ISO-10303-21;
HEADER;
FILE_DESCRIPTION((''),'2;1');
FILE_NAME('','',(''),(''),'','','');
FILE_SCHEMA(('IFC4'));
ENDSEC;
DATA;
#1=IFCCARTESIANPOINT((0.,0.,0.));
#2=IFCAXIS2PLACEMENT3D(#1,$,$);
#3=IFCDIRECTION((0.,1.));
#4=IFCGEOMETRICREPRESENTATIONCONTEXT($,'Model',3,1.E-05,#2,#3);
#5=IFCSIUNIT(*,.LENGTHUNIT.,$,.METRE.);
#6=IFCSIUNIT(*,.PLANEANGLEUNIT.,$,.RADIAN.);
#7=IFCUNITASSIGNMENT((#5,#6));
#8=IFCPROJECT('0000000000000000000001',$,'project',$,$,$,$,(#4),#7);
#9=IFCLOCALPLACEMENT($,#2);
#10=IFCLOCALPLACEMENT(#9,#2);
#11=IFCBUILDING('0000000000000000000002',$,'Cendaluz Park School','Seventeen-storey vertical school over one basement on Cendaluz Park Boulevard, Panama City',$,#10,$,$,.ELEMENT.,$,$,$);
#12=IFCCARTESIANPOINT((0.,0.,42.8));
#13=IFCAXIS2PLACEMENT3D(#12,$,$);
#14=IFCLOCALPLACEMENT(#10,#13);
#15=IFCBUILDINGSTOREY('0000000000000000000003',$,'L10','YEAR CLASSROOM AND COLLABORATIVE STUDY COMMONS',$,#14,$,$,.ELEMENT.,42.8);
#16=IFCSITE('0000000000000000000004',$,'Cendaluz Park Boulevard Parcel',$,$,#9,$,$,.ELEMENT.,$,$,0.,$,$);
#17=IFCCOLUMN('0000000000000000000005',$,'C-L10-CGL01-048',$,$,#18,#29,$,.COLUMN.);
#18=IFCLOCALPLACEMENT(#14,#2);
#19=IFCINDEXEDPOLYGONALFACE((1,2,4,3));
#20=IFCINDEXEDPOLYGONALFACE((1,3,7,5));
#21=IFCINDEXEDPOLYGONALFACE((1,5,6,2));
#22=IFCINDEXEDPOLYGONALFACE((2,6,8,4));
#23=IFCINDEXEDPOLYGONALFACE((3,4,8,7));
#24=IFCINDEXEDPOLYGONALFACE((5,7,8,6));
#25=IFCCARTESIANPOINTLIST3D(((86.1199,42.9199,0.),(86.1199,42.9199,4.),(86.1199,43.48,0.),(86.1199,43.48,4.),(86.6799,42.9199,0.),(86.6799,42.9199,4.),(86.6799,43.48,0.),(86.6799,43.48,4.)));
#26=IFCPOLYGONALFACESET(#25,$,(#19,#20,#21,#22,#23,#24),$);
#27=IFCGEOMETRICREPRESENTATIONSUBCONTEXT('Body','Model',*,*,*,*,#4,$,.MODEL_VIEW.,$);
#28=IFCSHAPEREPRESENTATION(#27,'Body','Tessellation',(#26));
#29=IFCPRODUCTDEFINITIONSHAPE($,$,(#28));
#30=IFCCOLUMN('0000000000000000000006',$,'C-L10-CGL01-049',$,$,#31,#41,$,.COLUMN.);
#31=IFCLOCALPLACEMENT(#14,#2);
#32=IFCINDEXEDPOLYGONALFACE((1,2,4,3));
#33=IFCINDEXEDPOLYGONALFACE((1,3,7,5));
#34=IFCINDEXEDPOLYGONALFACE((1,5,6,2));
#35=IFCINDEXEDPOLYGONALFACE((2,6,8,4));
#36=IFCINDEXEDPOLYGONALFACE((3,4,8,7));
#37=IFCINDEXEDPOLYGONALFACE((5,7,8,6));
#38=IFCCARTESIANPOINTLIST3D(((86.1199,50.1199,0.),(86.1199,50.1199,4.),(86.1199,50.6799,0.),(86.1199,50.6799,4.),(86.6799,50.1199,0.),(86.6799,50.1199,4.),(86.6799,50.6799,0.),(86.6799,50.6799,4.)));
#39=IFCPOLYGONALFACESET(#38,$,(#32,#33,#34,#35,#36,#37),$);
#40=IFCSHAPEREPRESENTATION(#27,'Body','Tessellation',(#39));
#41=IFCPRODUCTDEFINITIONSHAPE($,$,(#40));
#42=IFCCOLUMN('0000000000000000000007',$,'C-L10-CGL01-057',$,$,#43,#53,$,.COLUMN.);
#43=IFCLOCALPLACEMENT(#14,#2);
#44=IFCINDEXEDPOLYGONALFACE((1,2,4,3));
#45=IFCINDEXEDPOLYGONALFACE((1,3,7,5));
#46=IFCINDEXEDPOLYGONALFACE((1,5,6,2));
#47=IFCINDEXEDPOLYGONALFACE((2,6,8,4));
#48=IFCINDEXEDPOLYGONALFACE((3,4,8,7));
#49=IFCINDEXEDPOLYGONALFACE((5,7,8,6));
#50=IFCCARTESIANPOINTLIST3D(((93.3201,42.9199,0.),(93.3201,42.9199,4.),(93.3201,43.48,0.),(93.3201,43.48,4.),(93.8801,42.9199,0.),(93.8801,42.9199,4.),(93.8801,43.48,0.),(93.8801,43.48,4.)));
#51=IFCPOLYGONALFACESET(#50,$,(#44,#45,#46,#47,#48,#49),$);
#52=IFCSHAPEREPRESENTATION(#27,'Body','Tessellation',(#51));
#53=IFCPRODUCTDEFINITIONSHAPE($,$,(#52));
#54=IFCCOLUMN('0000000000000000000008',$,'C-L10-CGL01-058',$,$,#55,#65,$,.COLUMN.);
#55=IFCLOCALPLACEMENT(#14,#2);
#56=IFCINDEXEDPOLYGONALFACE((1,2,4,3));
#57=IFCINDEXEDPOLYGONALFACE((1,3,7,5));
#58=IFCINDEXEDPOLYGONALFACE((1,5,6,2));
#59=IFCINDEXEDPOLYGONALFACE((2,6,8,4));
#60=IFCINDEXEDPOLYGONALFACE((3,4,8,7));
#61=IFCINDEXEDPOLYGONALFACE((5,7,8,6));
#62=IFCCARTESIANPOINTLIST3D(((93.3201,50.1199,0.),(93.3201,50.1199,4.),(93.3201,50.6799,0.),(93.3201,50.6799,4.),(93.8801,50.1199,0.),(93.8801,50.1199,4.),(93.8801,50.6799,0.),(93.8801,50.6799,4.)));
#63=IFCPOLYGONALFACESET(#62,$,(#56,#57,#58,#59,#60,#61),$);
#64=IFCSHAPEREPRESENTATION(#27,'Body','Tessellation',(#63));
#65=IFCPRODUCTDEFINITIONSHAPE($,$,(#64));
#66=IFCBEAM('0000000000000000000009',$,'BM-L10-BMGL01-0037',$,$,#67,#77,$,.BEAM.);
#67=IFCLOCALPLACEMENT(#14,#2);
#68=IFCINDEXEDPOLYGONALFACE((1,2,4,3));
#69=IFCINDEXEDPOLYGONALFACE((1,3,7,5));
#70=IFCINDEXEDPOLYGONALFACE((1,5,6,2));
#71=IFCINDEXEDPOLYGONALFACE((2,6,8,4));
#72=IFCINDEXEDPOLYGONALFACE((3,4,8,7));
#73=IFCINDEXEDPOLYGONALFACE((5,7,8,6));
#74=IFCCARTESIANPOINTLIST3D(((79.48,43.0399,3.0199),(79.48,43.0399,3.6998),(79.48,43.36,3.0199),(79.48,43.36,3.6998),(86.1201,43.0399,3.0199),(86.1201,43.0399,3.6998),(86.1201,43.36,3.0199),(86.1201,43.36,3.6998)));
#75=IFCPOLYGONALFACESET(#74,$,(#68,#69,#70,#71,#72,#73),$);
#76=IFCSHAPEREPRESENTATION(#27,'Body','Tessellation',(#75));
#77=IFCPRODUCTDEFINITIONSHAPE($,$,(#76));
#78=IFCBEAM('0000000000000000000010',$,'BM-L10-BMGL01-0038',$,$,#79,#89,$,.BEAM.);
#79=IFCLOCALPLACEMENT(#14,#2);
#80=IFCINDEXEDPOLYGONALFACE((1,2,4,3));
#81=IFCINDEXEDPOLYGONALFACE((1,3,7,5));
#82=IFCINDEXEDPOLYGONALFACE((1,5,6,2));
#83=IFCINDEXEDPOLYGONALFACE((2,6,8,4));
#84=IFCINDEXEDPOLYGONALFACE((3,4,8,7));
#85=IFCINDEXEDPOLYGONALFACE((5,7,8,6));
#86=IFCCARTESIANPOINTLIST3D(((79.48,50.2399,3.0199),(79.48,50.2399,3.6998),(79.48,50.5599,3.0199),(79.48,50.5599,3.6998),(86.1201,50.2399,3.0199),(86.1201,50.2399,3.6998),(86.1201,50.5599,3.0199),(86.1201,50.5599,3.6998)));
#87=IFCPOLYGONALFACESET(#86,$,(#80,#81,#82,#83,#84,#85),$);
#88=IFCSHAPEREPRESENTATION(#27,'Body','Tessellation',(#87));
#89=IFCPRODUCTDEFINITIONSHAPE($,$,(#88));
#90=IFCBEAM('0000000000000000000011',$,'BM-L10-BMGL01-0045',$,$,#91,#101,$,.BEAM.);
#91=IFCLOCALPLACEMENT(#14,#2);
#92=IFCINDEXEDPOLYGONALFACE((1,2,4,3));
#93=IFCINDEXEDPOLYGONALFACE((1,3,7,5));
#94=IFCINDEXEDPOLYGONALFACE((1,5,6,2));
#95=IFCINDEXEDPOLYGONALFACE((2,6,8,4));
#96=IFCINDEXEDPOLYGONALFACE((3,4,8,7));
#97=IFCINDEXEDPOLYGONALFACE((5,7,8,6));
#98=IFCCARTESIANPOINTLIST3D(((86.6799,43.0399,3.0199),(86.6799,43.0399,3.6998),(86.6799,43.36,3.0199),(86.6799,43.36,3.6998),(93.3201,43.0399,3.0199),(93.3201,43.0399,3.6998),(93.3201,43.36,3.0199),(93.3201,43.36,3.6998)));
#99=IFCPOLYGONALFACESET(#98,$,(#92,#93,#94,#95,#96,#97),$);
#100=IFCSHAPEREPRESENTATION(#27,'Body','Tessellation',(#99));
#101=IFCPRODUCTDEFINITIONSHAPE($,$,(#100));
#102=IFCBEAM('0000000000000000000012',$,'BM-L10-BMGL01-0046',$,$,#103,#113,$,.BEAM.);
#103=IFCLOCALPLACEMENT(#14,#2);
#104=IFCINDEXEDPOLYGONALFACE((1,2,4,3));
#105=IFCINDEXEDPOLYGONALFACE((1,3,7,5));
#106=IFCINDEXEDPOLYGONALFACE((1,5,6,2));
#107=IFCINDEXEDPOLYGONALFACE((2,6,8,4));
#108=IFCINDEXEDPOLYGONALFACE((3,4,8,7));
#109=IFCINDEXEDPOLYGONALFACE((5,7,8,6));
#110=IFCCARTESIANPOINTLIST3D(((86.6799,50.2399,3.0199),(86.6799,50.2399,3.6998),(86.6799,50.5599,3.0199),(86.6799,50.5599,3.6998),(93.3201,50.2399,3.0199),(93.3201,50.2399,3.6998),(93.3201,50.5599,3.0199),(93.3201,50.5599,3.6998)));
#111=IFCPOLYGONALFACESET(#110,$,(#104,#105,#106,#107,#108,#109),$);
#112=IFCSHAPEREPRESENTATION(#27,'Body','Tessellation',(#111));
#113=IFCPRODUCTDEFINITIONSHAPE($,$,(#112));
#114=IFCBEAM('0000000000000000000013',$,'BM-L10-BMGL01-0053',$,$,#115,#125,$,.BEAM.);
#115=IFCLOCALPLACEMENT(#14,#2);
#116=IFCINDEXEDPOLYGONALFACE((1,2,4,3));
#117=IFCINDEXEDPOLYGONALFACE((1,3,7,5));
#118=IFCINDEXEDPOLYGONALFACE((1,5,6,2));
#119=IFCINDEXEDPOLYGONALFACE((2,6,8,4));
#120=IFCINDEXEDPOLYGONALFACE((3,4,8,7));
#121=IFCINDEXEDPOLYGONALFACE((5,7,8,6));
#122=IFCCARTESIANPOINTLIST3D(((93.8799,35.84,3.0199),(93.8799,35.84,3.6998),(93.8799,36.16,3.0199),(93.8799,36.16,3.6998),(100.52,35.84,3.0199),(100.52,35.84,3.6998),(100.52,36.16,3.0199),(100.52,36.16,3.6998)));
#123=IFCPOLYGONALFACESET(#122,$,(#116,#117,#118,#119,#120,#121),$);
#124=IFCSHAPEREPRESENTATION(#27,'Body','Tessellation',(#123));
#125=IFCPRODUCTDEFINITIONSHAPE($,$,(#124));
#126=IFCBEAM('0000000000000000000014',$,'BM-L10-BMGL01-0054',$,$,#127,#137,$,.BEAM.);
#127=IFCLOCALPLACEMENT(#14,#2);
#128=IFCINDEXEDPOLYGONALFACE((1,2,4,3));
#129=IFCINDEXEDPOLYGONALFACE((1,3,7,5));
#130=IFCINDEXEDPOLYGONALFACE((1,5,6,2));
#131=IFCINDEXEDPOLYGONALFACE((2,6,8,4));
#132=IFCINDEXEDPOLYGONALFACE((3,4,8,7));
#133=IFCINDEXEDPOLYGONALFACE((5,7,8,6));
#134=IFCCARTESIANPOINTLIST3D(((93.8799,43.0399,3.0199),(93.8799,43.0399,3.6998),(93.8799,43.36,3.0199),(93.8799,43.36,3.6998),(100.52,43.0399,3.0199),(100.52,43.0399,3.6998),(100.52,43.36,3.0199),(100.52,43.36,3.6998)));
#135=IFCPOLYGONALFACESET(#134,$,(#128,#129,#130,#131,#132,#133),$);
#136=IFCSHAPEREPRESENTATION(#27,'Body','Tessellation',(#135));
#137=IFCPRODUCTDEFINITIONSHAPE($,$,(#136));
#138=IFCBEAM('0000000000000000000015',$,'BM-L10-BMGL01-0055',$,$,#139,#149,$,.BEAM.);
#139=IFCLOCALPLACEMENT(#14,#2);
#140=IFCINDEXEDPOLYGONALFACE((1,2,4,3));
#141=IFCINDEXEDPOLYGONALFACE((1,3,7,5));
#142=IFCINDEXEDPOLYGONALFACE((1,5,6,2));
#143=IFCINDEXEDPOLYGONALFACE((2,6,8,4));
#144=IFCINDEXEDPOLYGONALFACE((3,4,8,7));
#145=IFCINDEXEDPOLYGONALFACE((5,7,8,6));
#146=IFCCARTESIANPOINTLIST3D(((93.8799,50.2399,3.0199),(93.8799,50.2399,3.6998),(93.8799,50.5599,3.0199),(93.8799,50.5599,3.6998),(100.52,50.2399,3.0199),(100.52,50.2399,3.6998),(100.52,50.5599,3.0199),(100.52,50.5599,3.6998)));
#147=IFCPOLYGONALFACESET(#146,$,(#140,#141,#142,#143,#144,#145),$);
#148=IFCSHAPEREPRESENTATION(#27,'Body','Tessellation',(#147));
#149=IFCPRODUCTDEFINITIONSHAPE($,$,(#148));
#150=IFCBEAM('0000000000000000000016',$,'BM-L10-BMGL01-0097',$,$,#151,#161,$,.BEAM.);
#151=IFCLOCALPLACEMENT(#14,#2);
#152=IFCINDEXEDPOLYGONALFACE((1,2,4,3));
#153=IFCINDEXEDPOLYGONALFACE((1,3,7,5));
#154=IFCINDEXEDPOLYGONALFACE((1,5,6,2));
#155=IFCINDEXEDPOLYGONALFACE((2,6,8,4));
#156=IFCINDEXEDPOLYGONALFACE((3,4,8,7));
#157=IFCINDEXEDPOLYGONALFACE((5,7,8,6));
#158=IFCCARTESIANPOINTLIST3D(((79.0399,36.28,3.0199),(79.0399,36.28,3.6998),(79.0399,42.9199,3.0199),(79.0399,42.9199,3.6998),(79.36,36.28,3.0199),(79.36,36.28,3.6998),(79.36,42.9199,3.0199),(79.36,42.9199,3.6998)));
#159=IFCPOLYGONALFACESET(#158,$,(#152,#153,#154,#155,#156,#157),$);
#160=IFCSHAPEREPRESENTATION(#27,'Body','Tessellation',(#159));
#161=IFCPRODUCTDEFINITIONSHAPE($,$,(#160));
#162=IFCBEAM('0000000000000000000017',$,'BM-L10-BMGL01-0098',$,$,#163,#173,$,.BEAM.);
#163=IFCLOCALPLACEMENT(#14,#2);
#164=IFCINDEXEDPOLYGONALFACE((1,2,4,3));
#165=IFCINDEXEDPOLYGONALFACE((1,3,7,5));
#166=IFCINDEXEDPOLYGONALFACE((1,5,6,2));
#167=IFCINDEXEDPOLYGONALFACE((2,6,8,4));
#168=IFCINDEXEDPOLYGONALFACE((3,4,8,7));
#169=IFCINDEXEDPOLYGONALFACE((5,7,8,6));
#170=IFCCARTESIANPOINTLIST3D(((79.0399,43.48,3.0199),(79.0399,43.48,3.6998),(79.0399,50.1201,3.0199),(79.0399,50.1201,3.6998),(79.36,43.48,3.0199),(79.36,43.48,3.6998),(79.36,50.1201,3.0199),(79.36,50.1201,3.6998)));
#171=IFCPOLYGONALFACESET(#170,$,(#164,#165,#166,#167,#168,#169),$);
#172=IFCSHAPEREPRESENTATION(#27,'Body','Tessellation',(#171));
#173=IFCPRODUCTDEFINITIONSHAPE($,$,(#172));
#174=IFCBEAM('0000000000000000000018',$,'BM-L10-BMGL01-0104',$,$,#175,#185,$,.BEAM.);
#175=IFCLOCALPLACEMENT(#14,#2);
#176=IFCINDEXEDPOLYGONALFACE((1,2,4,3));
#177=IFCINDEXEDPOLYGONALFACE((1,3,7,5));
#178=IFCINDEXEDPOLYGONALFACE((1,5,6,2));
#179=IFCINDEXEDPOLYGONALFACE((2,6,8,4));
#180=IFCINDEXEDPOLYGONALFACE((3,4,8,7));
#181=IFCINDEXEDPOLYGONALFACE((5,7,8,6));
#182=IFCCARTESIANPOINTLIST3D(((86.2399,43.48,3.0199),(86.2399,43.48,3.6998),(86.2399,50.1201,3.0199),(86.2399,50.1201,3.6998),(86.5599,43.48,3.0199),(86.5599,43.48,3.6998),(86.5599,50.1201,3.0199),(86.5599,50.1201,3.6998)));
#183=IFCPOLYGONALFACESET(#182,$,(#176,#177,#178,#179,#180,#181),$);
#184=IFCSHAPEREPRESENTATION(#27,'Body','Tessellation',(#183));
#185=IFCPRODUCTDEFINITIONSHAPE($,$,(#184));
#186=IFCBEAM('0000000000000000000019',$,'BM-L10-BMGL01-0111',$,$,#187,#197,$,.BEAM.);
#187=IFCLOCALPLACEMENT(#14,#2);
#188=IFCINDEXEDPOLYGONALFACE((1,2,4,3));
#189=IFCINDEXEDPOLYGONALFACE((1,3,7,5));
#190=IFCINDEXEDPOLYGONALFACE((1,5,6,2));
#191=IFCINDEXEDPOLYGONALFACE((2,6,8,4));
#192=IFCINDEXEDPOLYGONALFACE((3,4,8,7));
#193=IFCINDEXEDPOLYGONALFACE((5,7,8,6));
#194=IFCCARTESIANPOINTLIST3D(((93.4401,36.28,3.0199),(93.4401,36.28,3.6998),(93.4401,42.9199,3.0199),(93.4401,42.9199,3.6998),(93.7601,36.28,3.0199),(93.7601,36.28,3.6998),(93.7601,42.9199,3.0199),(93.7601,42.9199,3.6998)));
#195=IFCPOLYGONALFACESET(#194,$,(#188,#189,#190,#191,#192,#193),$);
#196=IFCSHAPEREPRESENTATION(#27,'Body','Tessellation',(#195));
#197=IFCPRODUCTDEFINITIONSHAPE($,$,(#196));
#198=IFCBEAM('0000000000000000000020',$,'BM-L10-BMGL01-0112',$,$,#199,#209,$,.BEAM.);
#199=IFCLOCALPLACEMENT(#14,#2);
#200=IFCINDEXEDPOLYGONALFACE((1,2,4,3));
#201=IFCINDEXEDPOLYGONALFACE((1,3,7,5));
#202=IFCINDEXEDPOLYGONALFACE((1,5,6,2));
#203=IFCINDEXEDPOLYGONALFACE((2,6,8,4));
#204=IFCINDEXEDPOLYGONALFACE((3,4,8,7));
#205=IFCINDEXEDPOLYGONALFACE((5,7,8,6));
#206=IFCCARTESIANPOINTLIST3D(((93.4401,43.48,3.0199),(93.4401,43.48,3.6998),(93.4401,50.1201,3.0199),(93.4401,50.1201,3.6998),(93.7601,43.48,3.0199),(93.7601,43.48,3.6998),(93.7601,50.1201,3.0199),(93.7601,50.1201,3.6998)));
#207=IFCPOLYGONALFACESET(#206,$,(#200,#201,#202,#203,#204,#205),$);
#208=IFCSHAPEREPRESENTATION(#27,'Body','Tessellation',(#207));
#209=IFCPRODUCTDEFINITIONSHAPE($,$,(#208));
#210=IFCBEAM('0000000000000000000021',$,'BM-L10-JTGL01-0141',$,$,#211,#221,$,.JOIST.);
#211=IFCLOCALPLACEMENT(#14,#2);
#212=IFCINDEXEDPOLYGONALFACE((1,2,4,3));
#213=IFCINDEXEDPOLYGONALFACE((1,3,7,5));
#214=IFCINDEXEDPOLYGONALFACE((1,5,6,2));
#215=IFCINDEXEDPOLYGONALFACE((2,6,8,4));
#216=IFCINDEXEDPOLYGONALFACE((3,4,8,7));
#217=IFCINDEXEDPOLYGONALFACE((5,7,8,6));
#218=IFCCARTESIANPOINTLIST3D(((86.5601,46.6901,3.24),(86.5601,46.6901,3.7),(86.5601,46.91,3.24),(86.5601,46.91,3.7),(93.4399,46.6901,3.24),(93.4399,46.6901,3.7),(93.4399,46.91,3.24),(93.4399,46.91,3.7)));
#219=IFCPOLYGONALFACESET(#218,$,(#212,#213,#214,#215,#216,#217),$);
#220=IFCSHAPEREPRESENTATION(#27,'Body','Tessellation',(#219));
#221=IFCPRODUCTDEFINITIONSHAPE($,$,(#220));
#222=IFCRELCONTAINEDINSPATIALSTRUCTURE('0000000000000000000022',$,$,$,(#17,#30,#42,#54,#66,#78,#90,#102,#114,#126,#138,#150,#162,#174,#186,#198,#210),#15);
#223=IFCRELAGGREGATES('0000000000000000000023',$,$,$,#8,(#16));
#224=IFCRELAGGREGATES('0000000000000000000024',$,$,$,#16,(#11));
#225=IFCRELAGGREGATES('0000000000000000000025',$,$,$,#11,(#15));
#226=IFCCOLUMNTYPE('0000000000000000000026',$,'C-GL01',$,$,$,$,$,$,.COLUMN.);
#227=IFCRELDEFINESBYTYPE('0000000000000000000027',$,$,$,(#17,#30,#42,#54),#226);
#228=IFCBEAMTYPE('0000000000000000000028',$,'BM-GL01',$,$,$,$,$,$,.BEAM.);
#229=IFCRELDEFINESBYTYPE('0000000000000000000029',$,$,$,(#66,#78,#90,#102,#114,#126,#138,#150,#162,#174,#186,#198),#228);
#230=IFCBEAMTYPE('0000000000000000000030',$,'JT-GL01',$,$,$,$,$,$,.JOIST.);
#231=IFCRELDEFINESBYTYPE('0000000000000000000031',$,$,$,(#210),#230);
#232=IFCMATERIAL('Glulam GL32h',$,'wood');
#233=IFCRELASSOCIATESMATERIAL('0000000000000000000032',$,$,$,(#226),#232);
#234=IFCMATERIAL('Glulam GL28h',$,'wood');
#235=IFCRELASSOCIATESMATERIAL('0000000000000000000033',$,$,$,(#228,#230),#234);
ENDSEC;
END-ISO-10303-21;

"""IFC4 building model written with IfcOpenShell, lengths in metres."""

from ifc_helpers import new_model, si_unit, direction, frame, origin, origin_2d, place, context, subcontext, project, spatial, rectangle, extrude, material, material_profile, profile_set, type_object, element, save


model = new_model("IFC4")

# Units and contexts
model_context = context("Model", 3, precision=1e-05, world=origin(), true_north=direction((0.0, 1.0)))
body_context = subcontext(model_context, "Body", "Model", "MODEL_VIEW")
ifc_project = project(units=[si_unit("LENGTHUNIT", "METRE"), si_unit("PLANEANGLEUNIT", "RADIAN")], contexts=[model_context])

# Site, building, storey
site_placement = place(None, origin())
site = spatial("IfcSite", under=ifc_project, at=site_placement, Name="Cendaluz Park Boulevard Parcel", CompositionType="ELEMENT", RefElevation=0.0)
building_placement = place(site_placement, origin())
building = spatial("IfcBuilding", under=site, at=building_placement, Name="Cendaluz Park School", Description="Seventeen-storey vertical school over one basement on Cendaluz Park Boulevard, Panama City", CompositionType="ELEMENT")
storey_placement = place(building_placement, frame((0.0, 0.0, 42.8)))
storey = spatial("IfcBuildingStorey", under=building, at=storey_placement, Name="L10", Description="YEAR CLASSROOM AND COLLABORATIVE STUDY COMMONS", CompositionType="ELEMENT", Elevation=42.8)

# Columns
ifc_material_1 = material(Name="Glulam GL32h", Category="wood")
ifc_material_profile_1 = material_profile(ifc_material_1, rectangle(XDim=0.5601, YDim=0.5601, at=origin_2d()), Name="GL32h 560x560", Category="wood")
ifc_profile_set_1 = profile_set([ifc_material_profile_1], Name="Glulam GL32h")
column_type = type_object("IfcColumnType", Name="C-GL01", PredefinedType="COLUMN", material=ifc_profile_set_1)
for number, where, z_axis, x_axis, name in (
    (1, (86.3999, 43.2, 0.0), (0.0, 0.0, 1.0), (1.0, 0.0, 0.0), "C-L10-CGL01-048"),
    (2, (86.3999, 50.3999, 0.0), (0.0, 0.0, 1.0), (1.0, 0.0, 0.0), "C-L10-CGL01-049"),
    (3, (93.6001, 43.2, 0.0), (0.0, 0.0, 1.0), (1.0, 0.0, 0.0), "C-L10-CGL01-057"),
    (4, (93.6001, 50.3999, 0.0), (0.0, 0.0, 1.0), (1.0, 0.0, 0.0), "C-L10-CGL01-058"),
):
    element("IfcColumn", number, at=place(storey_placement, frame(where, z_axis=z_axis, x_axis=x_axis)), inside=storey, type_object=column_type, Name=name, PredefinedType="COLUMN", context=body_context, shape_type="SweptSolid", body=[
        extrude(rectangle(XDim=0.5601, YDim=0.5601, at=origin_2d()), origin(), (0.0, 0.0, 1.0), 4.0),
    ])

# Beams
ifc_material_2 = material(Name="Glulam GL28h", Category="wood")
ifc_material_profile_2 = material_profile(ifc_material_2, rectangle(XDim=0.3201, YDim=0.6799, at=origin_2d()), Name="GL28h 320x680", Category="wood")
ifc_profile_set_2 = profile_set([ifc_material_profile_2], Name="Glulam GL28h")
beam_type_1 = type_object("IfcBeamType", Name="BM-GL01", PredefinedType="BEAM", material=ifc_profile_set_2)
for number, where, z_axis, x_axis, name in (
    (5, (79.48, 43.2, 3.3599), (1.0, 0.0, 0.0), (0.0, 1.0, 0.0), "BM-L10-BMGL01-0037"),
    (6, (79.48, 50.3999, 3.3599), (1.0, 0.0, 0.0), (0.0, 1.0, 0.0), "BM-L10-BMGL01-0038"),
    (7, (86.6799, 43.2, 3.3599), (1.0, 0.0, 0.0), (0.0, 1.0, 0.0), "BM-L10-BMGL01-0045"),
    (8, (86.6799, 50.3999, 3.3599), (1.0, 0.0, 0.0), (0.0, 1.0, 0.0), "BM-L10-BMGL01-0046"),
    (9, (93.8799, 36.0, 3.3599), (1.0, 0.0, 0.0), (0.0, 1.0, 0.0), "BM-L10-BMGL01-0053"),
    (10, (93.8799, 43.2, 3.3599), (1.0, 0.0, 0.0), (0.0, 1.0, 0.0), "BM-L10-BMGL01-0054"),
    (11, (93.8799, 50.3999, 3.3599), (1.0, 0.0, 0.0), (0.0, 1.0, 0.0), "BM-L10-BMGL01-0055"),
):
    element("IfcBeam", number, at=place(storey_placement, frame(where, z_axis=z_axis, x_axis=x_axis)), inside=storey, type_object=beam_type_1, Name=name, PredefinedType="BEAM", context=body_context, shape_type="SweptSolid", body=[
        extrude(rectangle(XDim=0.3201, YDim=0.6799, at=origin_2d()), origin(), (0.0, 0.0, 1.0), 6.6401),
    ])
beam_1_placement = place(storey_placement, frame((79.2, 36.28, 3.3599), z_axis=(0.0, 1.0, 0.0), x_axis=(-1.0, 0.0, 0.0)))
element("IfcBeam", 12, at=beam_1_placement, inside=storey, type_object=beam_type_1, Name="BM-L10-BMGL01-0097", PredefinedType="BEAM", context=body_context, shape_type="SweptSolid", body=[
    extrude(rectangle(XDim=0.3201, YDim=0.6799, at=origin_2d()), origin(), (0.0, 0.0, 1.0), 6.6399),
])
for number, where, z_axis, x_axis, name in (
    (13, (79.2, 43.48, 3.3599), (0.0, 1.0, 0.0), (-1.0, 0.0, 0.0), "BM-L10-BMGL01-0098"),
    (14, (86.3999, 43.48, 3.3599), (0.0, 1.0, 0.0), (-1.0, 0.0, 0.0), "BM-L10-BMGL01-0104"),
):
    element("IfcBeam", number, at=place(storey_placement, frame(where, z_axis=z_axis, x_axis=x_axis)), inside=storey, type_object=beam_type_1, Name=name, PredefinedType="BEAM", context=body_context, shape_type="SweptSolid", body=[
        extrude(rectangle(XDim=0.3201, YDim=0.6799, at=origin_2d()), origin(), (0.0, 0.0, 1.0), 6.6401),
    ])
beam_2_placement = place(storey_placement, frame((93.6001, 36.28, 3.3599), z_axis=(0.0, 1.0, 0.0), x_axis=(-1.0, 0.0, 0.0)))
element("IfcBeam", 15, at=beam_2_placement, inside=storey, type_object=beam_type_1, Name="BM-L10-BMGL01-0111", PredefinedType="BEAM", context=body_context, shape_type="SweptSolid", body=[
    extrude(rectangle(XDim=0.3201, YDim=0.6799, at=origin_2d()), origin(), (0.0, 0.0, 1.0), 6.6399),
])
beam_3_placement = place(storey_placement, frame((93.6001, 43.48, 3.3599), z_axis=(0.0, 1.0, 0.0), x_axis=(-1.0, 0.0, 0.0)))
element("IfcBeam", 16, at=beam_3_placement, inside=storey, type_object=beam_type_1, Name="BM-L10-BMGL01-0112", PredefinedType="BEAM", context=body_context, shape_type="SweptSolid", body=[
    extrude(rectangle(XDim=0.3201, YDim=0.6799, at=origin_2d()), origin(), (0.0, 0.0, 1.0), 6.6401),
])
ifc_material_profile_3 = material_profile(ifc_material_2, rectangle(XDim=0.22, YDim=0.46, at=origin_2d()), Name="GL28h 220x460", Category="wood")
ifc_profile_set_3 = profile_set([ifc_material_profile_3], Name="Glulam GL28h")
beam_type_2 = type_object("IfcBeamType", Name="JT-GL01", PredefinedType="JOIST", material=ifc_profile_set_3)
for number, where, z_axis, x_axis, name in (
    (17, (86.5601, 46.8, 3.47), (1.0, 0.0, 0.0), (0.0, 1.0, 0.0), "BM-L10-JTGL01-0141"),
):
    element("IfcBeam", number, at=place(storey_placement, frame(where, z_axis=z_axis, x_axis=x_axis)), inside=storey, type_object=beam_type_2, Name=name, PredefinedType="JOIST", context=body_context, shape_type="SweptSolid", body=[
        extrude(rectangle(XDim=0.22, YDim=0.46, at=origin_2d()), origin(), (0.0, 0.0, 1.0), 6.8799),
    ])

save(model, "model.ifc")
